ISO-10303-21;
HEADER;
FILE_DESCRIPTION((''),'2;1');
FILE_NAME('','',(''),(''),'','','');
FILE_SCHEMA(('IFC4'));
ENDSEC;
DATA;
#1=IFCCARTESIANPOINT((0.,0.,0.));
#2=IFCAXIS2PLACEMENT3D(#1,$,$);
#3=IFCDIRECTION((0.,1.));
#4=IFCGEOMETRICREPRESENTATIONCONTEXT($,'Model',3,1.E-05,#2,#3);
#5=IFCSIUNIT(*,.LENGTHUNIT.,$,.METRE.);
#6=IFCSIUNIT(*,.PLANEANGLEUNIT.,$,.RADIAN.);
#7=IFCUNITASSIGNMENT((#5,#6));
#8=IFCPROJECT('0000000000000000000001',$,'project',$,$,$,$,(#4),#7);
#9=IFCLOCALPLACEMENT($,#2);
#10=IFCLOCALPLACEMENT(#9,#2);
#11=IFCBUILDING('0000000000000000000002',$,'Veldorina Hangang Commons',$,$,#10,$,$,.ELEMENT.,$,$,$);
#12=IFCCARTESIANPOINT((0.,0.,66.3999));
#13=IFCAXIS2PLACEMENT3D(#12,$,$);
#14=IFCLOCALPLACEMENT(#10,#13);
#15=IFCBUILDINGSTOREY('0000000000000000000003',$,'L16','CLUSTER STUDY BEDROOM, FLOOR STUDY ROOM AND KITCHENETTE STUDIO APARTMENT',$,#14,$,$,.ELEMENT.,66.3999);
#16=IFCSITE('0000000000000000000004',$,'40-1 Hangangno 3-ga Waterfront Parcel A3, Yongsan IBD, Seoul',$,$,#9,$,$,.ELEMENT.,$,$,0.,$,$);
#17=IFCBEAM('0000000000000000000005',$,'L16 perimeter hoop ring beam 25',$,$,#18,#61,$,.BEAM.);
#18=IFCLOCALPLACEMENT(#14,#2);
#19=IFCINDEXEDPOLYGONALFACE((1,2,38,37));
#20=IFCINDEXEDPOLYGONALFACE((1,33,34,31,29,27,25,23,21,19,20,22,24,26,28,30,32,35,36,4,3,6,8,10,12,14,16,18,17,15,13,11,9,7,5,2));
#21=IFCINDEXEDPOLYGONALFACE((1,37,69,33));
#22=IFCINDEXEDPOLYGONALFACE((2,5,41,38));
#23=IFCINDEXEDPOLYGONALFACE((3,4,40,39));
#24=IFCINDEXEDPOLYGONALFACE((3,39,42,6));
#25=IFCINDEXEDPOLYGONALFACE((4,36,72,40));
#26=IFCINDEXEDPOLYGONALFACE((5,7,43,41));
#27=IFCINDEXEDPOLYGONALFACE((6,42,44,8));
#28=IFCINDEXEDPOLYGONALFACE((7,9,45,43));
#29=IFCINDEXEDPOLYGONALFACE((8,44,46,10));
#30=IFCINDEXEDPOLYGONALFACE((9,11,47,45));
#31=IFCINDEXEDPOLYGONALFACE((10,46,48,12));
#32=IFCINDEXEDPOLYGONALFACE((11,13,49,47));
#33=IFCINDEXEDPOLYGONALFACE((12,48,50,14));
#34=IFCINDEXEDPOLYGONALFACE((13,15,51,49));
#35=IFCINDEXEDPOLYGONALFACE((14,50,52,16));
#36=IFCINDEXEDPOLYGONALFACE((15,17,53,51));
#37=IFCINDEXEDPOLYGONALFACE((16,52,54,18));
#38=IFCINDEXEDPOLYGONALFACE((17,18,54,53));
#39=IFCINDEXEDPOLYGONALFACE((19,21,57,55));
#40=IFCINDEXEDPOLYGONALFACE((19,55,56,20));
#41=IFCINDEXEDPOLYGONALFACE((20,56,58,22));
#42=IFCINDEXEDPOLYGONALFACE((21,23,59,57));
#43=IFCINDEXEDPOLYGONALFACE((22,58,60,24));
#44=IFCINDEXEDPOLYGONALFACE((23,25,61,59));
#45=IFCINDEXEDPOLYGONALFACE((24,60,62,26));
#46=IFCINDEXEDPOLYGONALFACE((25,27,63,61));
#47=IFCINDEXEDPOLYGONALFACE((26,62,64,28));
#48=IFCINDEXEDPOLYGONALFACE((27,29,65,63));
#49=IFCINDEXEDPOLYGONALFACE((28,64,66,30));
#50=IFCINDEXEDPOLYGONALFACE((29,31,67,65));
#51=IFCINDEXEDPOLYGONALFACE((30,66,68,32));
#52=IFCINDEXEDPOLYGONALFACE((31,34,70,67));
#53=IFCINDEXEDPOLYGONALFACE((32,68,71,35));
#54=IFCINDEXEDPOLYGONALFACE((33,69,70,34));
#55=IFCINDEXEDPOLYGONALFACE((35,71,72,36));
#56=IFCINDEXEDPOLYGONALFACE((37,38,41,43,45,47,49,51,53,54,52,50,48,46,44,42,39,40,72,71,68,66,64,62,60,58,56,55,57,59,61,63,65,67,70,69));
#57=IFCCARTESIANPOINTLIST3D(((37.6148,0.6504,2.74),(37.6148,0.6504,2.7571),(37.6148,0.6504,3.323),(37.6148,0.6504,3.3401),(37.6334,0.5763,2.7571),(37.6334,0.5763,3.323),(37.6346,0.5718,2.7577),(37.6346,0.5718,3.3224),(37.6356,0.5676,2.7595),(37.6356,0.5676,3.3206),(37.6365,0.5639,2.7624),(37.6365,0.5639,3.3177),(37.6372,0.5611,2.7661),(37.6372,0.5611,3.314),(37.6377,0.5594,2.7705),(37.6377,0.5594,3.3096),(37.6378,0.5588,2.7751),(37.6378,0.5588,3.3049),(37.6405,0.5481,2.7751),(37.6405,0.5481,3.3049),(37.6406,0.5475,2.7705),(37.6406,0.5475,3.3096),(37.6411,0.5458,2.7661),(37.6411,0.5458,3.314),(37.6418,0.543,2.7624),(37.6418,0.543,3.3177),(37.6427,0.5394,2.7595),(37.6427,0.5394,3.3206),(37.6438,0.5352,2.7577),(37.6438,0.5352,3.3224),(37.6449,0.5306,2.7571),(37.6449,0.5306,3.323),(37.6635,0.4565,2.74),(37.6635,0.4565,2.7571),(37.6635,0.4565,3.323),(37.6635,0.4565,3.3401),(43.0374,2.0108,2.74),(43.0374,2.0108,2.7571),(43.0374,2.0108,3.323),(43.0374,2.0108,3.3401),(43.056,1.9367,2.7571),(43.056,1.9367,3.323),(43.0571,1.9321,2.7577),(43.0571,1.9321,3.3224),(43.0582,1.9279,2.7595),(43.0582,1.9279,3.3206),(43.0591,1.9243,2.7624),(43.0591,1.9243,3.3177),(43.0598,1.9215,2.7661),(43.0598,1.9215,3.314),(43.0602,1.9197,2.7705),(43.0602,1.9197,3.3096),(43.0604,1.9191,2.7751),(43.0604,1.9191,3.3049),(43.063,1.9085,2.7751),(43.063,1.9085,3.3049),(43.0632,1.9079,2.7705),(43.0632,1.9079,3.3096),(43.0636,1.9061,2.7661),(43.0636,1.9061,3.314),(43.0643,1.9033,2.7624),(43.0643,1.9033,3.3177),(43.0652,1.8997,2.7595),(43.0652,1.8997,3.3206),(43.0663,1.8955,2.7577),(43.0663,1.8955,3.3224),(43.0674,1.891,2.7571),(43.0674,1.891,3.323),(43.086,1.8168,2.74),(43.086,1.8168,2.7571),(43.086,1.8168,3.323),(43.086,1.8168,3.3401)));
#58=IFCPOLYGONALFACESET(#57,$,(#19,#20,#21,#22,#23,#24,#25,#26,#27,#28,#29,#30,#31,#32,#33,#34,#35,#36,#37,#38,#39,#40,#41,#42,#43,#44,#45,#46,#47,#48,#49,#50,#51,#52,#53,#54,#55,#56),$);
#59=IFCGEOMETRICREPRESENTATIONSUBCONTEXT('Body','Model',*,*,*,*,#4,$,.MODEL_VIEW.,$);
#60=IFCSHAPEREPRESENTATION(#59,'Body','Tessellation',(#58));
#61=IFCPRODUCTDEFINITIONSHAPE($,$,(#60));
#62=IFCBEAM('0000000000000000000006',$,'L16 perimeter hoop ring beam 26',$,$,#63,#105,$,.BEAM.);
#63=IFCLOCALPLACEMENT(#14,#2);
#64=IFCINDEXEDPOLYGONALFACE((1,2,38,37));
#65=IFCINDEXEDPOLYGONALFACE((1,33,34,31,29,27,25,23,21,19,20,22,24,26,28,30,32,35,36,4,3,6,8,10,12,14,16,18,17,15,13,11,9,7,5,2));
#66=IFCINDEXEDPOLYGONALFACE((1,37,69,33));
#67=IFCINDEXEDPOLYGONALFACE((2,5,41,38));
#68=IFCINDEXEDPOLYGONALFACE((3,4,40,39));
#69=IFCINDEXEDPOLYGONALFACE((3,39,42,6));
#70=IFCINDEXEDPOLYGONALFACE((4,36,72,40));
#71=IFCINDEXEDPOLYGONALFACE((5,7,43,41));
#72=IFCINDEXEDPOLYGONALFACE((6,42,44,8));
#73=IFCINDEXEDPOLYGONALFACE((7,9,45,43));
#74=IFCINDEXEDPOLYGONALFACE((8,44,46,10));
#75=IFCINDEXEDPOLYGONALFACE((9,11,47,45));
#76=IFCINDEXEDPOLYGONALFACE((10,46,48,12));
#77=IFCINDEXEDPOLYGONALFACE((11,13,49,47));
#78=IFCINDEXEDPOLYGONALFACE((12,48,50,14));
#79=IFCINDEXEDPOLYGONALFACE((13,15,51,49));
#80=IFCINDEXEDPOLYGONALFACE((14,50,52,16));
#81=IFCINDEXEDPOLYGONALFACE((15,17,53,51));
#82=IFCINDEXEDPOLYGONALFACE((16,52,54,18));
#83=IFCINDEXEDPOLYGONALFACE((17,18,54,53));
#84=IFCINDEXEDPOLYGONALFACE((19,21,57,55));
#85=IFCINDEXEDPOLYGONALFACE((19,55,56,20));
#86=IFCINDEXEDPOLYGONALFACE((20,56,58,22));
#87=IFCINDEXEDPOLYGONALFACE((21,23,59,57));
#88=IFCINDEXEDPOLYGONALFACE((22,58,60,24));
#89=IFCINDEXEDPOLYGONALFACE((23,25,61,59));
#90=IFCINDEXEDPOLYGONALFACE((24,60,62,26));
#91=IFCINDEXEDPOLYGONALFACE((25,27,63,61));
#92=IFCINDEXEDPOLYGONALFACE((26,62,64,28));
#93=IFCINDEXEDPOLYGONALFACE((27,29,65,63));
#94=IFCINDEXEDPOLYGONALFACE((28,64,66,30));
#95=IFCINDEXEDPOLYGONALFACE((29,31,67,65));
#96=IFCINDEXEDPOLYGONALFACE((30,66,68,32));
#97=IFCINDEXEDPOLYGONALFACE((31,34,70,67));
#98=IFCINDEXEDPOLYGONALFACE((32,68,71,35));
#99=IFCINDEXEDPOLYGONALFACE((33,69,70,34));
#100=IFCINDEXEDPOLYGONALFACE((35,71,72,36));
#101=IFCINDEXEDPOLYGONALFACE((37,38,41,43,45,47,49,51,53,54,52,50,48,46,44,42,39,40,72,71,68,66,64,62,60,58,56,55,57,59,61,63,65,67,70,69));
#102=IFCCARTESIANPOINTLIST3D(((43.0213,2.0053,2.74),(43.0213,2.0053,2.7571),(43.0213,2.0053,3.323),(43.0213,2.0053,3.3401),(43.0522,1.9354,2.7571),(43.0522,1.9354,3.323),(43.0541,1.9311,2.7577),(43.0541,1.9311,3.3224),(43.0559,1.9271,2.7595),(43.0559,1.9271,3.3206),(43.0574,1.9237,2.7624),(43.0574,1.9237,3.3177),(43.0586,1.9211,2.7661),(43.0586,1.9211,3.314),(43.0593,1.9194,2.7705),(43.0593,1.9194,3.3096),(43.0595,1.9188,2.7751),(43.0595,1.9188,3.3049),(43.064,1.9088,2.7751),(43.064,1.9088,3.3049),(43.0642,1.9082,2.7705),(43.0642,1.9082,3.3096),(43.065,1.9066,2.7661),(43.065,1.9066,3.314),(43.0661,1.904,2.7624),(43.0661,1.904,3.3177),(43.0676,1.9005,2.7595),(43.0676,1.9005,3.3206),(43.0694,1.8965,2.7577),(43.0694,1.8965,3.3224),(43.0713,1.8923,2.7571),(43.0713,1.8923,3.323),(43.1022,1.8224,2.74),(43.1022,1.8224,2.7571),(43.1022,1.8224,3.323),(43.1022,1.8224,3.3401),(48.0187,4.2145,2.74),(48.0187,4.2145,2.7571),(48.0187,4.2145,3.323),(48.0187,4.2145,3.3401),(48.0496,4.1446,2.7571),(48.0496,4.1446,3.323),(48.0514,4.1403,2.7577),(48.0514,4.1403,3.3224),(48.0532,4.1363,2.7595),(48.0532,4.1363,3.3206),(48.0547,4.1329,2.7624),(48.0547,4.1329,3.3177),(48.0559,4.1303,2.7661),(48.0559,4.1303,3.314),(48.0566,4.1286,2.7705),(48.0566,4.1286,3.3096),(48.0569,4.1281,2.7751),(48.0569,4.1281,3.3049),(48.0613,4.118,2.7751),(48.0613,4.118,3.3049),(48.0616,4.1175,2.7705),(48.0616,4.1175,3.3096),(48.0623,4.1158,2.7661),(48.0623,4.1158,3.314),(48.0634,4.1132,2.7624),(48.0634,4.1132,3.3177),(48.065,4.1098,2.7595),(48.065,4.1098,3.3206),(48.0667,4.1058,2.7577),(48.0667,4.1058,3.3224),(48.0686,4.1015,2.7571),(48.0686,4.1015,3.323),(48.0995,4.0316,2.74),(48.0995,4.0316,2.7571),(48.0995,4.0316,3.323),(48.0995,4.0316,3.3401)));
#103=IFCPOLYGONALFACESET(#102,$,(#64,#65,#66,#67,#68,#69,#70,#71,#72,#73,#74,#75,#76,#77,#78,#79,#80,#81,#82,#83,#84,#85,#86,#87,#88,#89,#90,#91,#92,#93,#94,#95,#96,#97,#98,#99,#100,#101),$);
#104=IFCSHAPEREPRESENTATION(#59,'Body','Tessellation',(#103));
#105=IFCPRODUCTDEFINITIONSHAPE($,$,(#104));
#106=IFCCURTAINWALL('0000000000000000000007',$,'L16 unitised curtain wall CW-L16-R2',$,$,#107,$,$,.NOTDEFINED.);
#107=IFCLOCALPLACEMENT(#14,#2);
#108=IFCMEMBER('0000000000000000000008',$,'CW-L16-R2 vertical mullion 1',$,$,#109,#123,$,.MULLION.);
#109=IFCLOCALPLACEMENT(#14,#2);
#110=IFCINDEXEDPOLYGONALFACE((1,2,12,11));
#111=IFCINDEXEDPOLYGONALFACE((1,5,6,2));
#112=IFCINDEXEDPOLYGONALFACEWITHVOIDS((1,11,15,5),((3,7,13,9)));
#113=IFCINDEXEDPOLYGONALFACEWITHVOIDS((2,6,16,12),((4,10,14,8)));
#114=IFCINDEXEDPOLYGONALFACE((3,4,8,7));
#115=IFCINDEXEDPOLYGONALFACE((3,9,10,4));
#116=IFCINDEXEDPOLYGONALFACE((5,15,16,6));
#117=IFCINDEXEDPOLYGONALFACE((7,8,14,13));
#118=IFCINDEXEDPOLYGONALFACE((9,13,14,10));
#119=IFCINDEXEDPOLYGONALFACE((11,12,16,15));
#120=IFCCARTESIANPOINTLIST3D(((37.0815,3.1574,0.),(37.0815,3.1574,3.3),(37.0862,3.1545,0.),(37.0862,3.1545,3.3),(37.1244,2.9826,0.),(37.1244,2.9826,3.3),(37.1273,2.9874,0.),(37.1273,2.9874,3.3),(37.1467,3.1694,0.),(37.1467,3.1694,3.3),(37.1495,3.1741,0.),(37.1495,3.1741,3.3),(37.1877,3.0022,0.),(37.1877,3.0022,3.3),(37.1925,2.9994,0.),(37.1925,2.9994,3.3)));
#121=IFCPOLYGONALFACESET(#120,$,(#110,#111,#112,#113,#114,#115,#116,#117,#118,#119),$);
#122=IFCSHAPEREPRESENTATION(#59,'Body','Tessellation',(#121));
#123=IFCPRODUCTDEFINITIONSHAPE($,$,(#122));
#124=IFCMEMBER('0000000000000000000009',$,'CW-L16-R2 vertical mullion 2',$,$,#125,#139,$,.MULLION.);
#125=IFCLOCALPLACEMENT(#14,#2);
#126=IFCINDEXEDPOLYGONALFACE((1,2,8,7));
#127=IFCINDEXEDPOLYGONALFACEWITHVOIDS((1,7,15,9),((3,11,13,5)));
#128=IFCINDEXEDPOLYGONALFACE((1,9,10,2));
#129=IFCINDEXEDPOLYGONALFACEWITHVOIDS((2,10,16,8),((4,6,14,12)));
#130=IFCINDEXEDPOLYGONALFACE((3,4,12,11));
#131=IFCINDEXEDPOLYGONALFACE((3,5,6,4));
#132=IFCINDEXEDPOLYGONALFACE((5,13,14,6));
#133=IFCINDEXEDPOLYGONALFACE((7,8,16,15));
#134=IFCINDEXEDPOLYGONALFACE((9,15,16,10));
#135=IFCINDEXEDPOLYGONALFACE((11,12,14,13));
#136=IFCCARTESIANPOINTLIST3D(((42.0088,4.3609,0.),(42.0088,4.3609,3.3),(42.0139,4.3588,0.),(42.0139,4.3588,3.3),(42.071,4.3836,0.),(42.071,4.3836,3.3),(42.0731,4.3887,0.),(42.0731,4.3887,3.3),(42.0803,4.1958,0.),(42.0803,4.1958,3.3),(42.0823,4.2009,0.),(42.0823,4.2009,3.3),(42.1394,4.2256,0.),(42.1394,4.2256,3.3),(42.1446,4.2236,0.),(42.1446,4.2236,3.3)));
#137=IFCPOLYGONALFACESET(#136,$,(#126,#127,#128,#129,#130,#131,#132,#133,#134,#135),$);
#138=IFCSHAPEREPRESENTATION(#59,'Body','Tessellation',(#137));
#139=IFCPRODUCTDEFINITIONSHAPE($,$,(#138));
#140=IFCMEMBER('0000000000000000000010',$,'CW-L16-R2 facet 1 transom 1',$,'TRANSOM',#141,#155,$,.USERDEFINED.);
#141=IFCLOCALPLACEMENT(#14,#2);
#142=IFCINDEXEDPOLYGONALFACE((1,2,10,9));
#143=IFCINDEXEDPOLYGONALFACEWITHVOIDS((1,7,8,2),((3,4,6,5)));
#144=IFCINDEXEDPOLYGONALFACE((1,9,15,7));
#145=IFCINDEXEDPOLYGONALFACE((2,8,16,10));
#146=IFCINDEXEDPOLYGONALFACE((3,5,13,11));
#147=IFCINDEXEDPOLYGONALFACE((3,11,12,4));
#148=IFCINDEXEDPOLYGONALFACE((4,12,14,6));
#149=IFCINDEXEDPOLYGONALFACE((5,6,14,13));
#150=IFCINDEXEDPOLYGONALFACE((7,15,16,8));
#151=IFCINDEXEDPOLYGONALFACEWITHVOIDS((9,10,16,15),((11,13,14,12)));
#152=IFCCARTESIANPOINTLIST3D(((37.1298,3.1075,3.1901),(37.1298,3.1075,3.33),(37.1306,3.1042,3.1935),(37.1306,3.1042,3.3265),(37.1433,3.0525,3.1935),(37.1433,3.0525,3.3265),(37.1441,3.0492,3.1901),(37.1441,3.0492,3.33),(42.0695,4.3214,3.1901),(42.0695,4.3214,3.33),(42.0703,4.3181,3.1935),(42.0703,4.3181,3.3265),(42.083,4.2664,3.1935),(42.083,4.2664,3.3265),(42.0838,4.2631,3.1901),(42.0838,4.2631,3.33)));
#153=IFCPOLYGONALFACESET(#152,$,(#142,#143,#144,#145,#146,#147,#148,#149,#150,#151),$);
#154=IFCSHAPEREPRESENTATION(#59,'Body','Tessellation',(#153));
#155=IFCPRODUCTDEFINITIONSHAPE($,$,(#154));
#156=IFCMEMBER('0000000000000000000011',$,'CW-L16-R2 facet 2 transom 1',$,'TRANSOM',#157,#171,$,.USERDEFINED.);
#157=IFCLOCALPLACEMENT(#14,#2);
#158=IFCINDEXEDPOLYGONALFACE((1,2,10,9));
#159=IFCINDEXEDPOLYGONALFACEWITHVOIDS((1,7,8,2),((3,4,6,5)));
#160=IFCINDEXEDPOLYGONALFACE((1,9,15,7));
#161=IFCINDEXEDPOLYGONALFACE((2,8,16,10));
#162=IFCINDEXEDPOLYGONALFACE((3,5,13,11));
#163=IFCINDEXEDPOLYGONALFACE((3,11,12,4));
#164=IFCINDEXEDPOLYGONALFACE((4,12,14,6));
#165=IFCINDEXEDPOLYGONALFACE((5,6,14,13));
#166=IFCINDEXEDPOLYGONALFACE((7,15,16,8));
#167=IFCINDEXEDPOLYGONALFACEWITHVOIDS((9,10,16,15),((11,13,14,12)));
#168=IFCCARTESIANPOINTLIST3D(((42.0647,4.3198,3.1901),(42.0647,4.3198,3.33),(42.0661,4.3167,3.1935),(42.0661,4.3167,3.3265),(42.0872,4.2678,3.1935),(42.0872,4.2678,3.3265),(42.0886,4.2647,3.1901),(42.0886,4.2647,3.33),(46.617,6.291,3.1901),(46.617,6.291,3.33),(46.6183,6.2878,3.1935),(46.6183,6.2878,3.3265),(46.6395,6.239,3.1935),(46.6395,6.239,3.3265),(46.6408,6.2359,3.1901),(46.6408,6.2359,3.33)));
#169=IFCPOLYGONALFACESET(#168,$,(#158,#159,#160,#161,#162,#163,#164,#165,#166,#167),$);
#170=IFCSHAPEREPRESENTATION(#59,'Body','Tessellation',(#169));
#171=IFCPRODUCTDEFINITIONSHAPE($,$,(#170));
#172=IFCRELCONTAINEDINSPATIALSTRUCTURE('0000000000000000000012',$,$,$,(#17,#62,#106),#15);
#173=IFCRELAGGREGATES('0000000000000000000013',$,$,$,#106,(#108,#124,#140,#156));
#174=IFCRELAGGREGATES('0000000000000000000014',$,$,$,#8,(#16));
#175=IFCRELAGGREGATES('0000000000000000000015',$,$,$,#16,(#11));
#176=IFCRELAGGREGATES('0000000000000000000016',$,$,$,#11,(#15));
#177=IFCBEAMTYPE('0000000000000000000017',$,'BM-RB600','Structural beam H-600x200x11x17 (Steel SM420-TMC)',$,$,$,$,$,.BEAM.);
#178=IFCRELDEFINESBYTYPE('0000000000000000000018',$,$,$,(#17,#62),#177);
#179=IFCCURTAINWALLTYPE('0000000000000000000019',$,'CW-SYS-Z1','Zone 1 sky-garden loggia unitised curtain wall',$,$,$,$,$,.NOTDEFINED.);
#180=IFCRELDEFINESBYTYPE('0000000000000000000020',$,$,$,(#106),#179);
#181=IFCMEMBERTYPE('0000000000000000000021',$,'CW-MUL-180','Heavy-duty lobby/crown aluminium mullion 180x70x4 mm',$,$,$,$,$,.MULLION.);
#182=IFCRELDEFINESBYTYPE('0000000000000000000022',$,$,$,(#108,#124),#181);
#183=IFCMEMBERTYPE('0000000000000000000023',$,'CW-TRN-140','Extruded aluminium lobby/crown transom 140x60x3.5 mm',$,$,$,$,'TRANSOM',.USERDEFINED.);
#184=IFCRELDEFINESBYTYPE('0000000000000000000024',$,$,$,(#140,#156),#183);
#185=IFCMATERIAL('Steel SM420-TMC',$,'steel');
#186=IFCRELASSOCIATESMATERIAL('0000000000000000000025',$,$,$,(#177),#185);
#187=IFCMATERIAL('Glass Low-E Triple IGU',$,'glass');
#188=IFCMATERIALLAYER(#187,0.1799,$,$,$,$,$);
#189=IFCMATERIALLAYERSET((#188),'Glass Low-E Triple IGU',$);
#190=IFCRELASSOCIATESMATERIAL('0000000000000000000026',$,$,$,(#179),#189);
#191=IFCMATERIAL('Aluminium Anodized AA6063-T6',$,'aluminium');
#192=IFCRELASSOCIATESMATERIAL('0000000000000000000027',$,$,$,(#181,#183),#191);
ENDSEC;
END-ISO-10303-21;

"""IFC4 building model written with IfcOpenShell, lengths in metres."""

from ifc_helpers import new_model, si_unit, direction, frame, origin, origin_2d, place, context, subcontext, project, spatial, hollow_rectangle, i_section, extrude, material, layer, layer_set, material_profile, profile_set, type_object, element, aggregate, save


model = new_model("IFC4")

# Units and contexts
model_context = context("Model", 3, precision=1e-05, world=origin(), true_north=direction((0.0, 1.0)))
body_context = subcontext(model_context, "Body", "Model", "MODEL_VIEW")
ifc_project = project(units=[si_unit("LENGTHUNIT", "METRE"), si_unit("PLANEANGLEUNIT", "RADIAN")], contexts=[model_context])

# Site, building, storey
site_placement = place(None, origin())
site = spatial("IfcSite", under=ifc_project, at=site_placement, Name="40-1 Hangangno 3-ga Waterfront Parcel A3, Yongsan IBD, Seoul", CompositionType="ELEMENT", RefElevation=0.0)
building_placement = place(site_placement, origin())
building = spatial("IfcBuilding", under=site, at=building_placement, Name="Veldorina Hangang Commons", CompositionType="ELEMENT")
storey_placement = place(building_placement, frame((0.0, 0.0, 66.3999)))
storey = spatial("IfcBuildingStorey", under=building, at=storey_placement, Name="L16", Description="CLUSTER STUDY BEDROOM, FLOOR STUDY ROOM AND KITCHENETTE STUDIO APARTMENT", CompositionType="ELEMENT", Elevation=66.3999)

# Beams
ifc_material_1 = material(Name="Steel SM420-TMC", Category="steel")
ifc_material_profile_1 = material_profile(ifc_material_1, i_section(OverallWidth=0.2, OverallDepth=0.6001, WebThickness=0.011, FlangeThickness=0.0171, FilletRadius=0.0181, at=origin_2d()), Name="H-600x200x11x17")
ifc_profile_set_1 = profile_set([ifc_material_profile_1], Name="Steel SM420-TMC")
beam_type = type_object("IfcBeamType", Name="BM-RB600", Description="Structural beam H-600x200x11x17 (Steel SM420-TMC)", PredefinedType="BEAM", material=ifc_profile_set_1)
beam_1_placement = place(storey_placement, frame((37.6392, 0.5535, 3.04), z_axis=(0.969944, 0.243327, 0.0), x_axis=(-0.243327, 0.969944, 0.0)))
element("IfcBeam", 1, at=beam_1_placement, inside=storey, type_object=beam_type, Name="L16 perimeter hoop ring beam 25", PredefinedType="BEAM", context=body_context, shape_type="SweptSolid", body=[
    extrude(i_section(OverallWidth=0.2, OverallDepth=0.6001, WebThickness=0.011, FlangeThickness=0.0171, FilletRadius=0.0181, at=origin_2d()), origin(), (0.0, 0.0, 1.0), 5.5906),
])
beam_2_placement = place(storey_placement, frame((43.0618, 1.9138, 3.04), z_axis=(0.914611, 0.404334, 0.0), x_axis=(-0.404334, 0.914611, 0.0)))
element("IfcBeam", 2, at=beam_2_placement, inside=storey, type_object=beam_type, Name="L16 perimeter hoop ring beam 26", PredefinedType="BEAM", context=body_context, shape_type="SweptSolid", body=[
    extrude(i_section(OverallWidth=0.2, OverallDepth=0.6001, WebThickness=0.011, FlangeThickness=0.0171, FilletRadius=0.0181, at=origin_2d()), origin(), (0.0, 0.0, 1.0), 5.4639),
])

# Curtain wall, members
ifc_material_2 = material(Name="Glass Low-E Triple IGU", Category="glass")
ifc_layer_1 = layer(ifc_material_2, 0.1799)
ifc_layer_set_1 = layer_set([ifc_layer_1], Name="Glass Low-E Triple IGU")
curtain_wall_type = type_object("IfcCurtainWallType", Name="CW-SYS-Z1", Description="Zone 1 sky-garden loggia unitised curtain wall", PredefinedType="NOTDEFINED", material=ifc_layer_set_1)
curtain_wall_placement = place(storey_placement, origin())
curtain_wall = element("IfcCurtainWall", 3, at=curtain_wall_placement, inside=storey, type_object=curtain_wall_type, Name="L16 unitised curtain wall CW-L16-R2", PredefinedType="NOTDEFINED")
ifc_material_3 = material(Name="Aluminium Anodized AA6063-T6", Category="aluminium")
ifc_material_profile_2 = material_profile(ifc_material_3, hollow_rectangle(XDim=0.0701, YDim=0.1799, WallThickness=0.0039, at=origin_2d()), Name="ALU-RHS-180x70x4")
ifc_profile_set_2 = profile_set([ifc_material_profile_2], Name="Aluminium Anodized AA6063-T6")
member_type_1 = type_object("IfcMemberType", Name="CW-MUL-180", Description="Heavy-duty lobby/crown aluminium mullion 180x70x4 mm", PredefinedType="MULLION", material=ifc_profile_set_2)
member_1_placement = place(storey_placement, frame((37.137, 3.0784, 0.0), z_axis=(0.0, 0.0, 1.0), x_axis=(0.971105, 0.238652, 0.0)))
member_1 = element("IfcMember", 4, at=member_1_placement, type_object=member_type_1, Name="CW-L16-R2 vertical mullion 1", PredefinedType="MULLION", context=body_context, shape_type="SweptSolid", body=[
    extrude(hollow_rectangle(XDim=0.0701, YDim=0.1799, WallThickness=0.0039, at=origin_2d()), origin(), (0.0, 0.0, 1.0), 3.3),
])
member_2_placement = place(storey_placement, frame((42.0767, 4.2922, 0.0), z_axis=(0.0, 0.0, 1.0), x_axis=(0.917664, 0.397356, 0.0)))
member_2 = element("IfcMember", 5, at=member_2_placement, type_object=member_type_1, Name="CW-L16-R2 vertical mullion 2", PredefinedType="MULLION", context=body_context, shape_type="SweptSolid", body=[
    extrude(hollow_rectangle(XDim=0.0701, YDim=0.1799, WallThickness=0.0039, at=origin_2d()), origin(), (0.0, 0.0, 1.0), 3.3),
])
ifc_material_profile_3 = material_profile(ifc_material_3, hollow_rectangle(XDim=0.0601, YDim=0.1399, WallThickness=0.0034, at=origin_2d()), Name="ALU-RHS-140x60x3.5")
ifc_profile_set_3 = profile_set([ifc_material_profile_3], Name="Aluminium Anodized AA6063-T6")
member_type_2 = type_object("IfcMemberType", Name="CW-TRN-140", Description="Extruded aluminium lobby/crown transom 140x60x3.5 mm", ElementType="TRANSOM", PredefinedType="USERDEFINED", material=ifc_profile_set_3)
member_3_placement = place(storey_placement, frame((37.137, 3.0784, 3.26), z_axis=(0.971109, 0.238638, 0.0), x_axis=(-0.238638, 0.971109, 0.0)))
member_3 = element("IfcMember", 6, at=member_3_placement, type_object=member_type_2, Name="CW-L16-R2 facet 1 transom 1", ObjectType="TRANSOM", PredefinedType="USERDEFINED", context=body_context, shape_type="SweptSolid", body=[
    extrude(hollow_rectangle(XDim=0.0601, YDim=0.1399, WallThickness=0.0034, at=origin_2d()), origin(), (0.0, 0.0, 1.0), 5.0867),
])
member_4_placement = place(storey_placement, frame((42.0767, 4.2922, 3.26), z_axis=(0.917662, 0.397362, 0.0), x_axis=(-0.397362, 0.917662, 0.0)))
member_4 = element("IfcMember", 7, at=member_4_placement, type_object=member_type_2, Name="CW-L16-R2 facet 2 transom 1", ObjectType="TRANSOM", PredefinedType="USERDEFINED", context=body_context, shape_type="SweptSolid", body=[
    extrude(hollow_rectangle(XDim=0.0601, YDim=0.1399, WallThickness=0.0034, at=origin_2d()), origin(), (0.0, 0.0, 1.0), 4.9607),
])

aggregate(curtain_wall, [member_1, member_2, member_3, member_4])

save(model, "model.ifc")
